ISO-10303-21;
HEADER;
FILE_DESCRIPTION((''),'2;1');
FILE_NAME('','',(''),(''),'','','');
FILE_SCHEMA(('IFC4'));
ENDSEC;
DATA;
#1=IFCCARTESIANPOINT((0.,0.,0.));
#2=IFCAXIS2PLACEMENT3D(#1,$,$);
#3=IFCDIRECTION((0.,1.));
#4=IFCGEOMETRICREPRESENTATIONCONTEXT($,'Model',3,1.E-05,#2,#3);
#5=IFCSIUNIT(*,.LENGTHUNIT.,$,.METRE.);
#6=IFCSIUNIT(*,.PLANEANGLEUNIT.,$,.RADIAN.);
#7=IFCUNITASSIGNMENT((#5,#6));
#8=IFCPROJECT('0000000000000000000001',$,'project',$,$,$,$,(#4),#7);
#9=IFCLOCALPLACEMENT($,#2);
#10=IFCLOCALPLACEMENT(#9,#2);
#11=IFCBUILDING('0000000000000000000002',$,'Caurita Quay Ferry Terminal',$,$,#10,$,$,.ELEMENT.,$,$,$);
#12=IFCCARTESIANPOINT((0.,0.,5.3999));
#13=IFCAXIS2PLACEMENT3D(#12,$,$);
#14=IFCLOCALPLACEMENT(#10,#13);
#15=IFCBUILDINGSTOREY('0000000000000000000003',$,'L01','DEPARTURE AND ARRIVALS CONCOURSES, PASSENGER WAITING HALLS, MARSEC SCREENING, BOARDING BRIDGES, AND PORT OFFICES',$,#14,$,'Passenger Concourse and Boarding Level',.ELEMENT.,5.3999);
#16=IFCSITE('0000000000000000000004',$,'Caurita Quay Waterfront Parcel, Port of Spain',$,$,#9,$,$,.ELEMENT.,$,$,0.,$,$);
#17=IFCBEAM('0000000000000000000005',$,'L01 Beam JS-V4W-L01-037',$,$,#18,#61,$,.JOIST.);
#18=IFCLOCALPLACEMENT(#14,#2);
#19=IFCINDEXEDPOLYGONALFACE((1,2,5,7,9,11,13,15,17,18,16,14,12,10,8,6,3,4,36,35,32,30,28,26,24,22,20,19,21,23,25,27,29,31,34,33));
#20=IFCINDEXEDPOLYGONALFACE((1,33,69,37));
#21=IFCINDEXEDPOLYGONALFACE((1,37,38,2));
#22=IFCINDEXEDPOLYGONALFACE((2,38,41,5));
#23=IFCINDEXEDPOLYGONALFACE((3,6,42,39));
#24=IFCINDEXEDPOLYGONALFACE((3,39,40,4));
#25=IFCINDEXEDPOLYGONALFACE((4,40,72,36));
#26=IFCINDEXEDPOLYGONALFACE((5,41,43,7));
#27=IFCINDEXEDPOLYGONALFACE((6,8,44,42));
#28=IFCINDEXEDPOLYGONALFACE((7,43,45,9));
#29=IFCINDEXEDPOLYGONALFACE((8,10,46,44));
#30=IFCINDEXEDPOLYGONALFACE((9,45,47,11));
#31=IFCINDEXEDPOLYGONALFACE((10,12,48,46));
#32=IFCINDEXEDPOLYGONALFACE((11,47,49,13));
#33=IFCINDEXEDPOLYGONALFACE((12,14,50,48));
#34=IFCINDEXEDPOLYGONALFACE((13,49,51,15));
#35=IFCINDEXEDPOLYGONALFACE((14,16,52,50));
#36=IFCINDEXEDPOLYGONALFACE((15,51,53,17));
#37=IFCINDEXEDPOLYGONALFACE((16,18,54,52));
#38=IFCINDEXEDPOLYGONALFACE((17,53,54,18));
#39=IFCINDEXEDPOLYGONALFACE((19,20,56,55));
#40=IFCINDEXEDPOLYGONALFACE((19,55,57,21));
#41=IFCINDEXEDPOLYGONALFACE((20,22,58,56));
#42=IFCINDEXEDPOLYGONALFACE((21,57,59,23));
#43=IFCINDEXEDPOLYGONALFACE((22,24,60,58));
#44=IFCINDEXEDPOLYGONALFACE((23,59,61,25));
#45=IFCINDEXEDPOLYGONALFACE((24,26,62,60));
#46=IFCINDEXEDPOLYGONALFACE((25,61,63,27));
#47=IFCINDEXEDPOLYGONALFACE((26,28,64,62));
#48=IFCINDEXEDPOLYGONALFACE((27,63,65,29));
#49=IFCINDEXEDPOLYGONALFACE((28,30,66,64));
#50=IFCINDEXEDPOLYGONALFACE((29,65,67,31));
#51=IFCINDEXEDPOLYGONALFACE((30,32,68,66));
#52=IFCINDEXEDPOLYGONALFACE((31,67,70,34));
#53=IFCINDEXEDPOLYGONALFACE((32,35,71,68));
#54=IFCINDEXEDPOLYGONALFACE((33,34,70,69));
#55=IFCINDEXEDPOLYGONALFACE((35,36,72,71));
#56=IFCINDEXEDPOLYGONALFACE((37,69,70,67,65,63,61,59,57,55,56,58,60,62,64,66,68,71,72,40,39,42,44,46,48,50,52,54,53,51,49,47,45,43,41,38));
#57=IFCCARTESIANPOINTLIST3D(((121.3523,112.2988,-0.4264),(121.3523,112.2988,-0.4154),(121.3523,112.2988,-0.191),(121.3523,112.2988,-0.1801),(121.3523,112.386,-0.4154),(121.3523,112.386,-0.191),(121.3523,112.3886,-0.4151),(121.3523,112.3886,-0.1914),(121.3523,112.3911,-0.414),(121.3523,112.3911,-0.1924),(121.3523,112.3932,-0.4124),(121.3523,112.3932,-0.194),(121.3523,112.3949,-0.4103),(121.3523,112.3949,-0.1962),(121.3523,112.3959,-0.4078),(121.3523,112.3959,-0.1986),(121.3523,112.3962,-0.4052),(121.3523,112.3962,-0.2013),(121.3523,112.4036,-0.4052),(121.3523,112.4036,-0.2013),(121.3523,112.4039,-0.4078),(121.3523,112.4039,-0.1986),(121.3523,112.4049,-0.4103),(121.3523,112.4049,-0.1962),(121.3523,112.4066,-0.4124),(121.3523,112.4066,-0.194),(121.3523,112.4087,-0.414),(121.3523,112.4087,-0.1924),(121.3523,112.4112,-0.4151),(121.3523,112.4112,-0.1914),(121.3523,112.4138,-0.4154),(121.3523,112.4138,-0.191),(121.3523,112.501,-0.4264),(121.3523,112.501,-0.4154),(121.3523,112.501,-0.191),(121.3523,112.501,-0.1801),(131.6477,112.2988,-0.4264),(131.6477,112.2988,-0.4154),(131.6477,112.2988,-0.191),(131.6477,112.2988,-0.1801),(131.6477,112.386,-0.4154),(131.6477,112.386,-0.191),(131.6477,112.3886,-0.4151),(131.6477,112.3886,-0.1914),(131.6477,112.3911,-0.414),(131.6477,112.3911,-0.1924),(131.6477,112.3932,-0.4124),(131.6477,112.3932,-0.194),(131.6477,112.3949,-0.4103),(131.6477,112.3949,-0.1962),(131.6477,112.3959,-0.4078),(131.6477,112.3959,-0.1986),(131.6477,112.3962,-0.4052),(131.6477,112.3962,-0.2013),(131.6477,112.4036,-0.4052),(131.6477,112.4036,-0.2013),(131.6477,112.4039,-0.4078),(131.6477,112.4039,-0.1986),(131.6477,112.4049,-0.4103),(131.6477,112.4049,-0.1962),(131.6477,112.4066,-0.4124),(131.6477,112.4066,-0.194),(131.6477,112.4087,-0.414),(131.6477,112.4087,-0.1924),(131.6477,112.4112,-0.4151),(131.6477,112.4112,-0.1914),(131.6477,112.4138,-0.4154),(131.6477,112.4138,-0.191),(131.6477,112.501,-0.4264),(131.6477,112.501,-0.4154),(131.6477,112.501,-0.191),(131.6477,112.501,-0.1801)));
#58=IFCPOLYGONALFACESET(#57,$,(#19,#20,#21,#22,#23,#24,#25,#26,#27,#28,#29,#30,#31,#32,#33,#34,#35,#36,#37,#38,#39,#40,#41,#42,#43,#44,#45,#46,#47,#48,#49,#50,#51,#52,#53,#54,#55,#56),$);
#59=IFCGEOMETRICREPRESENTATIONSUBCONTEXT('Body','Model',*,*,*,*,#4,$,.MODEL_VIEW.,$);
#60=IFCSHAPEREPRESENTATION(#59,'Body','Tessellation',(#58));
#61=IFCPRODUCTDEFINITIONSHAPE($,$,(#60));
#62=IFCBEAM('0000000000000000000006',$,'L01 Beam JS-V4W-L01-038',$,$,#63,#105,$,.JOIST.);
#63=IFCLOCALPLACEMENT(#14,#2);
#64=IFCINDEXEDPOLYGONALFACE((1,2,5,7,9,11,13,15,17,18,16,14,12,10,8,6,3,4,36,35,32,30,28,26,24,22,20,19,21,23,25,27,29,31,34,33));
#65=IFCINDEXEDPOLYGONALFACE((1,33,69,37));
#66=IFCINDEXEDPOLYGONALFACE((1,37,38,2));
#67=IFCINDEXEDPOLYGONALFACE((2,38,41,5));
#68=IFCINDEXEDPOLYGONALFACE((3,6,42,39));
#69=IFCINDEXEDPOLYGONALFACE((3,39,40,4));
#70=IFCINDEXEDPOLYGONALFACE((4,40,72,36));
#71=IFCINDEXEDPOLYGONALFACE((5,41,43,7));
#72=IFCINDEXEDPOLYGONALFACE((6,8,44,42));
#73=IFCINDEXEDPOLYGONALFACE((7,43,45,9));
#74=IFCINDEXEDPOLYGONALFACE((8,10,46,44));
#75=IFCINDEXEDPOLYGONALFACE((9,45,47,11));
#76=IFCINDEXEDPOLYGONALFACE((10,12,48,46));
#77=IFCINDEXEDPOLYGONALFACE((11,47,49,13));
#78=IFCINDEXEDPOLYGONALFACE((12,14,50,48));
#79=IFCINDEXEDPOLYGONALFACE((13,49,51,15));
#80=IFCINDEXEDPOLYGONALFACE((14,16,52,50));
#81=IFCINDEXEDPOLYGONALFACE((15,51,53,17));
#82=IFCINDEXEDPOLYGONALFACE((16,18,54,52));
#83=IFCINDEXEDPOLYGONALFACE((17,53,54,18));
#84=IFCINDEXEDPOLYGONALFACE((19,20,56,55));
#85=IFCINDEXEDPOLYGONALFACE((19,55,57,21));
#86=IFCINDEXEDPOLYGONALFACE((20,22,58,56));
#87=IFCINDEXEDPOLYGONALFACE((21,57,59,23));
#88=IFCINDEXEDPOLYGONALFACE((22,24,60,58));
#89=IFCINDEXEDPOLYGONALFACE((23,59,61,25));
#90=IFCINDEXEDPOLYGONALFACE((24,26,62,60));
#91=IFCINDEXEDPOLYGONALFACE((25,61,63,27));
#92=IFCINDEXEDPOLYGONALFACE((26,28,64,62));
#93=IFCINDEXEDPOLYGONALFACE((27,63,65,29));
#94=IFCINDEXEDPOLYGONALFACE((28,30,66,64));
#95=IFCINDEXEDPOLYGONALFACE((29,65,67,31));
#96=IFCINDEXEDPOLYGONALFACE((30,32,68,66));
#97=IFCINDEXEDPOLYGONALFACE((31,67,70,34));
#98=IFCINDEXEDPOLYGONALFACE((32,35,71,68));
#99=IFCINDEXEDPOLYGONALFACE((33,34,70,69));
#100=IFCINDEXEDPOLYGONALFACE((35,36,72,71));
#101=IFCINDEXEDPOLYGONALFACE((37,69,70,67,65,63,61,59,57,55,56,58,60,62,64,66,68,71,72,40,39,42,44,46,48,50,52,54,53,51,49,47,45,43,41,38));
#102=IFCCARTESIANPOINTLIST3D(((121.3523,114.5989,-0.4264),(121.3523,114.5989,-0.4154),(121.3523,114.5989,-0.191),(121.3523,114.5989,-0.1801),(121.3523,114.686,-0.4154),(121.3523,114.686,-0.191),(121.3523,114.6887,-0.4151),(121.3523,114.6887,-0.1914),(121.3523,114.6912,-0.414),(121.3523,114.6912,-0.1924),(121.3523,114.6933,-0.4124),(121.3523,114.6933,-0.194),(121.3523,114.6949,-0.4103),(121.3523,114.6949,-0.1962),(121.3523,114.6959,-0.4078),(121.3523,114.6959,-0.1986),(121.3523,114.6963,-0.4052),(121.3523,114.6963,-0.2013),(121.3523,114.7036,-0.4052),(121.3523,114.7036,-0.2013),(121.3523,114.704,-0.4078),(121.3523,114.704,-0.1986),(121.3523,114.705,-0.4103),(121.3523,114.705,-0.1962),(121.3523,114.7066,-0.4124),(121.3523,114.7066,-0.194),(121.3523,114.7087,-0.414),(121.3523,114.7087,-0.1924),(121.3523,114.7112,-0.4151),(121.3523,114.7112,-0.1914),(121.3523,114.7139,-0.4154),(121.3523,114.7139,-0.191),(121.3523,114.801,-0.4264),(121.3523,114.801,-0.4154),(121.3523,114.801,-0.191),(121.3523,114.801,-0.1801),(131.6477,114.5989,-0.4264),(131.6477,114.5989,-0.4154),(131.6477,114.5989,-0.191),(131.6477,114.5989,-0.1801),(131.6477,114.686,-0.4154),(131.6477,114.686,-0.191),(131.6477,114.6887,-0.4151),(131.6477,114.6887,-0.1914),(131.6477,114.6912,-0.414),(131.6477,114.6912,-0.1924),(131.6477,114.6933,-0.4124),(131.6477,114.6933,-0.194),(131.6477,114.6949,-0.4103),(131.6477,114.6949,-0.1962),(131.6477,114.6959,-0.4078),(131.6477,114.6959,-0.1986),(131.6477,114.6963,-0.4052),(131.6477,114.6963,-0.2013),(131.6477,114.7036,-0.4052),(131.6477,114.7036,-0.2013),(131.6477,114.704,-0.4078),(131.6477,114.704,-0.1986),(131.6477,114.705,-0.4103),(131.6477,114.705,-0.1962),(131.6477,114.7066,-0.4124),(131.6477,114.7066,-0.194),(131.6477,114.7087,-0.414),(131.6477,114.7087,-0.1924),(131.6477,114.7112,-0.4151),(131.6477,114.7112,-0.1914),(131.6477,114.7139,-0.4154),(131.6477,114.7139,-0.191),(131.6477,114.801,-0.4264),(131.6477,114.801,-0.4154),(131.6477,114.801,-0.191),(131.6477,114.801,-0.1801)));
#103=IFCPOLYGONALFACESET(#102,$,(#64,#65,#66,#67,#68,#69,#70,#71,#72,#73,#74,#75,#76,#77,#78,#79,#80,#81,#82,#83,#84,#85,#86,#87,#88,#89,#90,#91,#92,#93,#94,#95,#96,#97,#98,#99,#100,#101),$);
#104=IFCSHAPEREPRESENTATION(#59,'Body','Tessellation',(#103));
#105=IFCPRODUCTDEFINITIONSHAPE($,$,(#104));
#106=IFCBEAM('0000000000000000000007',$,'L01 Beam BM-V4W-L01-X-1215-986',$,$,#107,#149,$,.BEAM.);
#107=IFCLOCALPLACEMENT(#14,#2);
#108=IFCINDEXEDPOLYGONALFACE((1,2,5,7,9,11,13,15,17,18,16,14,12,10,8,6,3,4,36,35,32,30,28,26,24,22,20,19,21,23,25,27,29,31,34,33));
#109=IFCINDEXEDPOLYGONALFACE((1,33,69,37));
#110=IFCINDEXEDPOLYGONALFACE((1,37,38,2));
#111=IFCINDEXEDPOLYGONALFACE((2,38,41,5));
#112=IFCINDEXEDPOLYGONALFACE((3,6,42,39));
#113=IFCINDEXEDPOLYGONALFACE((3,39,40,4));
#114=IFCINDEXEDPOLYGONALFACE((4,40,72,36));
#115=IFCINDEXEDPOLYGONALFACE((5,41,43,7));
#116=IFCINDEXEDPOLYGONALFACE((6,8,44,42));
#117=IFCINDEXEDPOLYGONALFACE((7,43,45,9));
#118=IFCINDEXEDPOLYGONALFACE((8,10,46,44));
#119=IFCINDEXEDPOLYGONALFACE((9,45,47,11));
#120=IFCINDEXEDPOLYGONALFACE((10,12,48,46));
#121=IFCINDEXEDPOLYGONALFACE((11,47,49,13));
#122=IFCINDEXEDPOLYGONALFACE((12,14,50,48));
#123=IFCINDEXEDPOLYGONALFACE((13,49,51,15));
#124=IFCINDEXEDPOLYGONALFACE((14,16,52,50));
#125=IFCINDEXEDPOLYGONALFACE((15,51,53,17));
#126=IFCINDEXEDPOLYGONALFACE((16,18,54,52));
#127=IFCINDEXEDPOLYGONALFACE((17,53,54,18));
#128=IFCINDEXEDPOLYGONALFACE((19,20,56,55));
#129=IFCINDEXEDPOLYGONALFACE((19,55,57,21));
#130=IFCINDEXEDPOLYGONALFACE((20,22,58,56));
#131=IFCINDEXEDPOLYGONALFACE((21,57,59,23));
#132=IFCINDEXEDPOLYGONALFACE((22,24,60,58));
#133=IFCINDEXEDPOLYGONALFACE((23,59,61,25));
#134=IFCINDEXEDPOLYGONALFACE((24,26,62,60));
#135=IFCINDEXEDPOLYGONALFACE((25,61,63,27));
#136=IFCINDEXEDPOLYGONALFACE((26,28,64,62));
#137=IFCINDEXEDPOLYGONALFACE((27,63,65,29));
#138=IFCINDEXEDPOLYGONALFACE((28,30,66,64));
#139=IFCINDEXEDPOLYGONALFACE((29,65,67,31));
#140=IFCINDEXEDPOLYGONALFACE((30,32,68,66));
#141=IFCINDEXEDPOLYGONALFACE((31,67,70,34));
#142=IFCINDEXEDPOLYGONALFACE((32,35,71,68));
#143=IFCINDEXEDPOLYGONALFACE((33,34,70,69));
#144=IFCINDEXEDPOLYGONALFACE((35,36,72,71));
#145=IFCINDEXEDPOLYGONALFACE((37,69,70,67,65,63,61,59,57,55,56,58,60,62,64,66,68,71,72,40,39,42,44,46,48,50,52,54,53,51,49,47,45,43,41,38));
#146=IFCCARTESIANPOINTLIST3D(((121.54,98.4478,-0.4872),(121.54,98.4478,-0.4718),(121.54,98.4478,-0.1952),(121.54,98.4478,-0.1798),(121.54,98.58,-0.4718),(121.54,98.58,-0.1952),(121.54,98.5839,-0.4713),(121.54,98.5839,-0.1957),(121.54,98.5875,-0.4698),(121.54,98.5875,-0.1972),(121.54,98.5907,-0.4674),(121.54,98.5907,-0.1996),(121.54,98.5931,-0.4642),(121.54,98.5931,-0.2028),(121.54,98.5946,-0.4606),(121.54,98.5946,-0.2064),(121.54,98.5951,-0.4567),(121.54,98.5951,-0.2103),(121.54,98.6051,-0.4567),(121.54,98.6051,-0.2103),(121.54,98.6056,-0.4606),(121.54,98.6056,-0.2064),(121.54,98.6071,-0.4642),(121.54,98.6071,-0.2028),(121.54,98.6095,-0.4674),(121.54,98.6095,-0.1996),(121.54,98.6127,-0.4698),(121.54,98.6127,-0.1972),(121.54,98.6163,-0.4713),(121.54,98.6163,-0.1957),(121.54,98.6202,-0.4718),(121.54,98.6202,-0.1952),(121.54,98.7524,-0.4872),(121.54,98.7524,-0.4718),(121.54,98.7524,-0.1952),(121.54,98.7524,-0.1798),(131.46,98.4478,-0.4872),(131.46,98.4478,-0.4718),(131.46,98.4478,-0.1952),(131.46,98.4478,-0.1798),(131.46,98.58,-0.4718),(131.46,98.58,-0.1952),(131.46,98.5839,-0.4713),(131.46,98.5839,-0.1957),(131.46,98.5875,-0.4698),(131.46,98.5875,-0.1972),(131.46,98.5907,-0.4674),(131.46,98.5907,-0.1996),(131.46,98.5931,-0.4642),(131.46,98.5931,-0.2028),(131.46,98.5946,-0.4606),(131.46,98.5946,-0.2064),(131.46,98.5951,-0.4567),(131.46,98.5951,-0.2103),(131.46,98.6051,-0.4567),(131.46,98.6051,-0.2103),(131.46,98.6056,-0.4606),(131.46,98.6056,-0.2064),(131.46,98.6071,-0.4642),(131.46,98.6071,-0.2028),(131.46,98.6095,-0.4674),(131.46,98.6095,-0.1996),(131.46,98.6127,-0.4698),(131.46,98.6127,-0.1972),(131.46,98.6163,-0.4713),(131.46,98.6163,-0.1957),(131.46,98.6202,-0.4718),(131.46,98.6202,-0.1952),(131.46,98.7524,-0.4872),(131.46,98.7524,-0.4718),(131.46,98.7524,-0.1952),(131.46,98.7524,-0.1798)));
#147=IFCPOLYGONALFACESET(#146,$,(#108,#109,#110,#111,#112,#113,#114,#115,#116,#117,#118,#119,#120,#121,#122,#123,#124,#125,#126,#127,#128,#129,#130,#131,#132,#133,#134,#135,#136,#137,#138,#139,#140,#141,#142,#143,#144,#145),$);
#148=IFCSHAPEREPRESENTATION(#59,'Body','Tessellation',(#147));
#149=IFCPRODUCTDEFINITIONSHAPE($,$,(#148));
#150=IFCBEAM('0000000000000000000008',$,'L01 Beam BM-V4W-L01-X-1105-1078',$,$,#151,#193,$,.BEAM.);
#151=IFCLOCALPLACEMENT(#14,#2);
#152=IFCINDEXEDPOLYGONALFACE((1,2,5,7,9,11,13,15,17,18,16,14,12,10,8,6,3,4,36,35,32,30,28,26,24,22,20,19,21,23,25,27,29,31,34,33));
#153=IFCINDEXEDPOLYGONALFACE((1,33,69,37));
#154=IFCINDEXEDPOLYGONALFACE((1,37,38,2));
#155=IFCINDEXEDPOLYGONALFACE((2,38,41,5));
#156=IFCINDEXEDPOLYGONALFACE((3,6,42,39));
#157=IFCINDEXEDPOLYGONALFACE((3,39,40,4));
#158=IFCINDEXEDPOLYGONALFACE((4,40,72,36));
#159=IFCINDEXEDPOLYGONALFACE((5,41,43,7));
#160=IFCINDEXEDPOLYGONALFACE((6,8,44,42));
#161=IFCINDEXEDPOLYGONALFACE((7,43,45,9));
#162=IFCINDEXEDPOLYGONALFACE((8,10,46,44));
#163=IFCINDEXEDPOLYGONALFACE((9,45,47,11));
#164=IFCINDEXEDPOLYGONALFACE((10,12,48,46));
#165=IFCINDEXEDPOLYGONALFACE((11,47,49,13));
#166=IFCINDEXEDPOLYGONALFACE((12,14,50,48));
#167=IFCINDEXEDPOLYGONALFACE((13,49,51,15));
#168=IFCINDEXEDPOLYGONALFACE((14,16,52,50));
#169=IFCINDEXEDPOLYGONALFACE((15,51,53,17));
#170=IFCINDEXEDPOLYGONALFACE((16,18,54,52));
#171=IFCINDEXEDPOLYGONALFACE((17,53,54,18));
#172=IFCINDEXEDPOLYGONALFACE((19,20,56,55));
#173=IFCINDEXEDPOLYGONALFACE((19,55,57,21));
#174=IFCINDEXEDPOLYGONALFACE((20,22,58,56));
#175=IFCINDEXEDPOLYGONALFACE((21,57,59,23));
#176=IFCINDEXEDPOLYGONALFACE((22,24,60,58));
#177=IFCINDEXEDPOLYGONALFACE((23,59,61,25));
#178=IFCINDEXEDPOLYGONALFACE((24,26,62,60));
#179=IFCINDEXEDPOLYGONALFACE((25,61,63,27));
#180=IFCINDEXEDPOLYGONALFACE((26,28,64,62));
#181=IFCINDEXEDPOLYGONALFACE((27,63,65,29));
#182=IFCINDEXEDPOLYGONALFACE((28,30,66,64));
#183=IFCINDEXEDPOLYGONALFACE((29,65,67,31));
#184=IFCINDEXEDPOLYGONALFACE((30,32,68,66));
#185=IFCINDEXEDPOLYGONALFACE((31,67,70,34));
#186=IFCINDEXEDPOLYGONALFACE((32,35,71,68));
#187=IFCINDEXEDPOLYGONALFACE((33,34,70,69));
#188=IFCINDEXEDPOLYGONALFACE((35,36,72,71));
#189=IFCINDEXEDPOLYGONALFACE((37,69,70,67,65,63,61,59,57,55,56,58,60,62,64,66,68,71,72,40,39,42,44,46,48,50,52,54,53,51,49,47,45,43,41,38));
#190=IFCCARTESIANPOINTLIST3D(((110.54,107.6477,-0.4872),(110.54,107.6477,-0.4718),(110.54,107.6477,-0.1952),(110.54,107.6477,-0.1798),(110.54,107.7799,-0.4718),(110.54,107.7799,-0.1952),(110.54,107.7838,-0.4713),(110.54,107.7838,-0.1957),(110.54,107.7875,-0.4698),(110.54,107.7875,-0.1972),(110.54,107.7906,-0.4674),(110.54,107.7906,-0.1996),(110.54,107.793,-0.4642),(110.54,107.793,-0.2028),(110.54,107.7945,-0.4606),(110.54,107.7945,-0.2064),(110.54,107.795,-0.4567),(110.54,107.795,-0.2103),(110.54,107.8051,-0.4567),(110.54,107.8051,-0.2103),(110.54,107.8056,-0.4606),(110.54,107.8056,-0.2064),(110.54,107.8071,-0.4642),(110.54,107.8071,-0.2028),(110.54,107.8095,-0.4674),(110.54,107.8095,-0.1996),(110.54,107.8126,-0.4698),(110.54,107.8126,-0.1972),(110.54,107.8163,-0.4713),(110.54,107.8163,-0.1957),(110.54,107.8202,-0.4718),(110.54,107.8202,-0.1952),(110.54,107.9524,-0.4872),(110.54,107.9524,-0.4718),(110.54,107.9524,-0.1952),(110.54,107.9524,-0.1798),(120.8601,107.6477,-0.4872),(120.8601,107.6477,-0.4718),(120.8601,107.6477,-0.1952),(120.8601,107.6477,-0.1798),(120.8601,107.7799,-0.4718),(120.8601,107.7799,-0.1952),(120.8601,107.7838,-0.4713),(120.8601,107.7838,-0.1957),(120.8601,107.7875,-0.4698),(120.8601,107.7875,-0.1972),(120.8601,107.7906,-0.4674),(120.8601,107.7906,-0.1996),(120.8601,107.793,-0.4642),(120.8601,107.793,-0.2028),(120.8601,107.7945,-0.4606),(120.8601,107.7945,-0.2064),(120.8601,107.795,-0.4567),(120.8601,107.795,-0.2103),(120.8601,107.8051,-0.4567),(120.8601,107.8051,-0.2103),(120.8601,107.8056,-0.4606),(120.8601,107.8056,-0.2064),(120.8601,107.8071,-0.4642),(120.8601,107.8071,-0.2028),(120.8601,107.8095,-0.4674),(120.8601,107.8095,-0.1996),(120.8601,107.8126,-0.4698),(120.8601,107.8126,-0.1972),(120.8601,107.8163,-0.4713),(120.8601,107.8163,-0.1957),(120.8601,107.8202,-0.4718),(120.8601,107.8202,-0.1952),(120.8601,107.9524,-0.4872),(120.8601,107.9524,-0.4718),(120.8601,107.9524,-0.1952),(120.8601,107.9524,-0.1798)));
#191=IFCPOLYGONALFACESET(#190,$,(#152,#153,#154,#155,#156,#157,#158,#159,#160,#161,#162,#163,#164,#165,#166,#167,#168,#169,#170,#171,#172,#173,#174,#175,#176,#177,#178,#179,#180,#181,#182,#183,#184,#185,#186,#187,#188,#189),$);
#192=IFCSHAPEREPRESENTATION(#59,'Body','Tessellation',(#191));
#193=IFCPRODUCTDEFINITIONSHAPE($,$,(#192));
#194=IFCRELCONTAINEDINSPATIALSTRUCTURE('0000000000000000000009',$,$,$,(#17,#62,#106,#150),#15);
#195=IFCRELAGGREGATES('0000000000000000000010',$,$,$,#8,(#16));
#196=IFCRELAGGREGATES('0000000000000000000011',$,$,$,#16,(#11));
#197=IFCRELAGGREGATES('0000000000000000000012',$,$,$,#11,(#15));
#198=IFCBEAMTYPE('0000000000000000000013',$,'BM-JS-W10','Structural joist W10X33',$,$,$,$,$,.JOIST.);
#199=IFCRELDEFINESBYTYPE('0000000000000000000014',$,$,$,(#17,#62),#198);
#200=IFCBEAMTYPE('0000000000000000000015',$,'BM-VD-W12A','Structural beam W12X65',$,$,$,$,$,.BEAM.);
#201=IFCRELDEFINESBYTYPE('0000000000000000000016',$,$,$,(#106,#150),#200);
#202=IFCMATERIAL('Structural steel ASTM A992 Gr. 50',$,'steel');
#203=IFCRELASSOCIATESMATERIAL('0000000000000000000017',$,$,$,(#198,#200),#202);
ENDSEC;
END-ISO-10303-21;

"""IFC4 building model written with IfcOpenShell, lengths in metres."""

from ifc_helpers import new_model, si_unit, direction, frame, origin, origin_2d, place, context, subcontext, project, spatial, i_section, extrude, material, material_profile, profile_set, type_object, element, save


model = new_model("IFC4")

# Units and contexts
model_context = context("Model", 3, precision=1e-05, world=origin(), true_north=direction((0.0, 1.0)))
body_context = subcontext(model_context, "Body", "Model", "MODEL_VIEW")
ifc_project = project(units=[si_unit("LENGTHUNIT", "METRE"), si_unit("PLANEANGLEUNIT", "RADIAN")], contexts=[model_context])

# Site, building, storey
site_placement = place(None, origin())
site = spatial("IfcSite", under=ifc_project, at=site_placement, Name="Caurita Quay Waterfront Parcel, Port of Spain", CompositionType="ELEMENT", RefElevation=0.0)
building_placement = place(site_placement, origin())
building = spatial("IfcBuilding", under=site, at=building_placement, Name="Caurita Quay Ferry Terminal", CompositionType="ELEMENT")
storey_placement = place(building_placement, frame((0.0, 0.0, 5.3999)))
storey = spatial("IfcBuildingStorey", under=building, at=storey_placement, Name="L01", Description="DEPARTURE AND ARRIVALS CONCOURSES, PASSENGER WAITING HALLS, MARSEC SCREENING, BOARDING BRIDGES, AND PORT OFFICES", LongName="Passenger Concourse and Boarding Level", CompositionType="ELEMENT", Elevation=5.3999)

# Beams
ifc_material_1 = material(Name="Structural steel ASTM A992 Gr. 50", Category="steel")
ifc_material_profile_1 = material_profile(ifc_material_1, i_section(OverallWidth=0.2021, OverallDepth=0.2463, WebThickness=0.0073, FlangeThickness=0.011, FilletRadius=0.0103, at=origin_2d()), Name="W10X33")
ifc_profile_set_1 = profile_set([ifc_material_profile_1], Name="Structural steel ASTM A992 Gr. 50")
beam_type_1 = type_object("IfcBeamType", Name="BM-JS-W10", Description="Structural joist W10X33", PredefinedType="JOIST", material=ifc_profile_set_1)
for number, where, z_axis, x_axis, name in (
    (1, (121.3523, 112.3999, -0.3032), (1.0, 0.0, 0.0), (0.0, 1.0, 0.0), "L01 Beam JS-V4W-L01-037"),
    (2, (121.3523, 114.7, -0.3032), (1.0, 0.0, 0.0), (0.0, 1.0, 0.0), "L01 Beam JS-V4W-L01-038"),
):
    element("IfcBeam", number, at=place(storey_placement, frame(where, z_axis=z_axis, x_axis=x_axis)), inside=storey, type_object=beam_type_1, Name=name, PredefinedType="JOIST", context=body_context, shape_type="SweptSolid", body=[
        extrude(i_section(OverallWidth=0.2021, OverallDepth=0.2463, WebThickness=0.0073, FlangeThickness=0.011, FilletRadius=0.0103, at=origin_2d()), origin(), (0.0, 0.0, 1.0), 10.2954),
    ])
ifc_material_profile_2 = material_profile(ifc_material_1, i_section(OverallWidth=0.3047, OverallDepth=0.3074, WebThickness=0.01, FlangeThickness=0.0154, FilletRadius=0.0151, at=origin_2d()), Name="W12X65")
ifc_profile_set_2 = profile_set([ifc_material_profile_2], Name="Structural steel ASTM A992 Gr. 50")
beam_type_2 = type_object("IfcBeamType", Name="BM-VD-W12A", Description="Structural beam W12X65", PredefinedType="BEAM", material=ifc_profile_set_2)
beam_1_placement = place(storey_placement, frame((121.54, 98.6001, -0.3335), z_axis=(1.0, 0.0, 0.0), x_axis=(0.0, 1.0, 0.0)))
element("IfcBeam", 3, at=beam_1_placement, inside=storey, type_object=beam_type_2, Name="L01 Beam BM-V4W-L01-X-1215-986", PredefinedType="BEAM", context=body_context, shape_type="SweptSolid", body=[
    extrude(i_section(OverallWidth=0.3047, OverallDepth=0.3074, WebThickness=0.01, FlangeThickness=0.0154, FilletRadius=0.0151, at=origin_2d()), origin(), (0.0, 0.0, 1.0), 9.9199),
])
beam_2_placement = place(storey_placement, frame((110.54, 107.8, -0.3335), z_axis=(1.0, 0.0, 0.0), x_axis=(0.0, 1.0, 0.0)))
element("IfcBeam", 4, at=beam_2_placement, inside=storey, type_object=beam_type_2, Name="L01 Beam BM-V4W-L01-X-1105-1078", PredefinedType="BEAM", context=body_context, shape_type="SweptSolid", body=[
    extrude(i_section(OverallWidth=0.3047, OverallDepth=0.3074, WebThickness=0.01, FlangeThickness=0.0154, FilletRadius=0.0151, at=origin_2d()), origin(), (0.0, 0.0, 1.0), 10.3201),
])

save(model, "model.ifc")
